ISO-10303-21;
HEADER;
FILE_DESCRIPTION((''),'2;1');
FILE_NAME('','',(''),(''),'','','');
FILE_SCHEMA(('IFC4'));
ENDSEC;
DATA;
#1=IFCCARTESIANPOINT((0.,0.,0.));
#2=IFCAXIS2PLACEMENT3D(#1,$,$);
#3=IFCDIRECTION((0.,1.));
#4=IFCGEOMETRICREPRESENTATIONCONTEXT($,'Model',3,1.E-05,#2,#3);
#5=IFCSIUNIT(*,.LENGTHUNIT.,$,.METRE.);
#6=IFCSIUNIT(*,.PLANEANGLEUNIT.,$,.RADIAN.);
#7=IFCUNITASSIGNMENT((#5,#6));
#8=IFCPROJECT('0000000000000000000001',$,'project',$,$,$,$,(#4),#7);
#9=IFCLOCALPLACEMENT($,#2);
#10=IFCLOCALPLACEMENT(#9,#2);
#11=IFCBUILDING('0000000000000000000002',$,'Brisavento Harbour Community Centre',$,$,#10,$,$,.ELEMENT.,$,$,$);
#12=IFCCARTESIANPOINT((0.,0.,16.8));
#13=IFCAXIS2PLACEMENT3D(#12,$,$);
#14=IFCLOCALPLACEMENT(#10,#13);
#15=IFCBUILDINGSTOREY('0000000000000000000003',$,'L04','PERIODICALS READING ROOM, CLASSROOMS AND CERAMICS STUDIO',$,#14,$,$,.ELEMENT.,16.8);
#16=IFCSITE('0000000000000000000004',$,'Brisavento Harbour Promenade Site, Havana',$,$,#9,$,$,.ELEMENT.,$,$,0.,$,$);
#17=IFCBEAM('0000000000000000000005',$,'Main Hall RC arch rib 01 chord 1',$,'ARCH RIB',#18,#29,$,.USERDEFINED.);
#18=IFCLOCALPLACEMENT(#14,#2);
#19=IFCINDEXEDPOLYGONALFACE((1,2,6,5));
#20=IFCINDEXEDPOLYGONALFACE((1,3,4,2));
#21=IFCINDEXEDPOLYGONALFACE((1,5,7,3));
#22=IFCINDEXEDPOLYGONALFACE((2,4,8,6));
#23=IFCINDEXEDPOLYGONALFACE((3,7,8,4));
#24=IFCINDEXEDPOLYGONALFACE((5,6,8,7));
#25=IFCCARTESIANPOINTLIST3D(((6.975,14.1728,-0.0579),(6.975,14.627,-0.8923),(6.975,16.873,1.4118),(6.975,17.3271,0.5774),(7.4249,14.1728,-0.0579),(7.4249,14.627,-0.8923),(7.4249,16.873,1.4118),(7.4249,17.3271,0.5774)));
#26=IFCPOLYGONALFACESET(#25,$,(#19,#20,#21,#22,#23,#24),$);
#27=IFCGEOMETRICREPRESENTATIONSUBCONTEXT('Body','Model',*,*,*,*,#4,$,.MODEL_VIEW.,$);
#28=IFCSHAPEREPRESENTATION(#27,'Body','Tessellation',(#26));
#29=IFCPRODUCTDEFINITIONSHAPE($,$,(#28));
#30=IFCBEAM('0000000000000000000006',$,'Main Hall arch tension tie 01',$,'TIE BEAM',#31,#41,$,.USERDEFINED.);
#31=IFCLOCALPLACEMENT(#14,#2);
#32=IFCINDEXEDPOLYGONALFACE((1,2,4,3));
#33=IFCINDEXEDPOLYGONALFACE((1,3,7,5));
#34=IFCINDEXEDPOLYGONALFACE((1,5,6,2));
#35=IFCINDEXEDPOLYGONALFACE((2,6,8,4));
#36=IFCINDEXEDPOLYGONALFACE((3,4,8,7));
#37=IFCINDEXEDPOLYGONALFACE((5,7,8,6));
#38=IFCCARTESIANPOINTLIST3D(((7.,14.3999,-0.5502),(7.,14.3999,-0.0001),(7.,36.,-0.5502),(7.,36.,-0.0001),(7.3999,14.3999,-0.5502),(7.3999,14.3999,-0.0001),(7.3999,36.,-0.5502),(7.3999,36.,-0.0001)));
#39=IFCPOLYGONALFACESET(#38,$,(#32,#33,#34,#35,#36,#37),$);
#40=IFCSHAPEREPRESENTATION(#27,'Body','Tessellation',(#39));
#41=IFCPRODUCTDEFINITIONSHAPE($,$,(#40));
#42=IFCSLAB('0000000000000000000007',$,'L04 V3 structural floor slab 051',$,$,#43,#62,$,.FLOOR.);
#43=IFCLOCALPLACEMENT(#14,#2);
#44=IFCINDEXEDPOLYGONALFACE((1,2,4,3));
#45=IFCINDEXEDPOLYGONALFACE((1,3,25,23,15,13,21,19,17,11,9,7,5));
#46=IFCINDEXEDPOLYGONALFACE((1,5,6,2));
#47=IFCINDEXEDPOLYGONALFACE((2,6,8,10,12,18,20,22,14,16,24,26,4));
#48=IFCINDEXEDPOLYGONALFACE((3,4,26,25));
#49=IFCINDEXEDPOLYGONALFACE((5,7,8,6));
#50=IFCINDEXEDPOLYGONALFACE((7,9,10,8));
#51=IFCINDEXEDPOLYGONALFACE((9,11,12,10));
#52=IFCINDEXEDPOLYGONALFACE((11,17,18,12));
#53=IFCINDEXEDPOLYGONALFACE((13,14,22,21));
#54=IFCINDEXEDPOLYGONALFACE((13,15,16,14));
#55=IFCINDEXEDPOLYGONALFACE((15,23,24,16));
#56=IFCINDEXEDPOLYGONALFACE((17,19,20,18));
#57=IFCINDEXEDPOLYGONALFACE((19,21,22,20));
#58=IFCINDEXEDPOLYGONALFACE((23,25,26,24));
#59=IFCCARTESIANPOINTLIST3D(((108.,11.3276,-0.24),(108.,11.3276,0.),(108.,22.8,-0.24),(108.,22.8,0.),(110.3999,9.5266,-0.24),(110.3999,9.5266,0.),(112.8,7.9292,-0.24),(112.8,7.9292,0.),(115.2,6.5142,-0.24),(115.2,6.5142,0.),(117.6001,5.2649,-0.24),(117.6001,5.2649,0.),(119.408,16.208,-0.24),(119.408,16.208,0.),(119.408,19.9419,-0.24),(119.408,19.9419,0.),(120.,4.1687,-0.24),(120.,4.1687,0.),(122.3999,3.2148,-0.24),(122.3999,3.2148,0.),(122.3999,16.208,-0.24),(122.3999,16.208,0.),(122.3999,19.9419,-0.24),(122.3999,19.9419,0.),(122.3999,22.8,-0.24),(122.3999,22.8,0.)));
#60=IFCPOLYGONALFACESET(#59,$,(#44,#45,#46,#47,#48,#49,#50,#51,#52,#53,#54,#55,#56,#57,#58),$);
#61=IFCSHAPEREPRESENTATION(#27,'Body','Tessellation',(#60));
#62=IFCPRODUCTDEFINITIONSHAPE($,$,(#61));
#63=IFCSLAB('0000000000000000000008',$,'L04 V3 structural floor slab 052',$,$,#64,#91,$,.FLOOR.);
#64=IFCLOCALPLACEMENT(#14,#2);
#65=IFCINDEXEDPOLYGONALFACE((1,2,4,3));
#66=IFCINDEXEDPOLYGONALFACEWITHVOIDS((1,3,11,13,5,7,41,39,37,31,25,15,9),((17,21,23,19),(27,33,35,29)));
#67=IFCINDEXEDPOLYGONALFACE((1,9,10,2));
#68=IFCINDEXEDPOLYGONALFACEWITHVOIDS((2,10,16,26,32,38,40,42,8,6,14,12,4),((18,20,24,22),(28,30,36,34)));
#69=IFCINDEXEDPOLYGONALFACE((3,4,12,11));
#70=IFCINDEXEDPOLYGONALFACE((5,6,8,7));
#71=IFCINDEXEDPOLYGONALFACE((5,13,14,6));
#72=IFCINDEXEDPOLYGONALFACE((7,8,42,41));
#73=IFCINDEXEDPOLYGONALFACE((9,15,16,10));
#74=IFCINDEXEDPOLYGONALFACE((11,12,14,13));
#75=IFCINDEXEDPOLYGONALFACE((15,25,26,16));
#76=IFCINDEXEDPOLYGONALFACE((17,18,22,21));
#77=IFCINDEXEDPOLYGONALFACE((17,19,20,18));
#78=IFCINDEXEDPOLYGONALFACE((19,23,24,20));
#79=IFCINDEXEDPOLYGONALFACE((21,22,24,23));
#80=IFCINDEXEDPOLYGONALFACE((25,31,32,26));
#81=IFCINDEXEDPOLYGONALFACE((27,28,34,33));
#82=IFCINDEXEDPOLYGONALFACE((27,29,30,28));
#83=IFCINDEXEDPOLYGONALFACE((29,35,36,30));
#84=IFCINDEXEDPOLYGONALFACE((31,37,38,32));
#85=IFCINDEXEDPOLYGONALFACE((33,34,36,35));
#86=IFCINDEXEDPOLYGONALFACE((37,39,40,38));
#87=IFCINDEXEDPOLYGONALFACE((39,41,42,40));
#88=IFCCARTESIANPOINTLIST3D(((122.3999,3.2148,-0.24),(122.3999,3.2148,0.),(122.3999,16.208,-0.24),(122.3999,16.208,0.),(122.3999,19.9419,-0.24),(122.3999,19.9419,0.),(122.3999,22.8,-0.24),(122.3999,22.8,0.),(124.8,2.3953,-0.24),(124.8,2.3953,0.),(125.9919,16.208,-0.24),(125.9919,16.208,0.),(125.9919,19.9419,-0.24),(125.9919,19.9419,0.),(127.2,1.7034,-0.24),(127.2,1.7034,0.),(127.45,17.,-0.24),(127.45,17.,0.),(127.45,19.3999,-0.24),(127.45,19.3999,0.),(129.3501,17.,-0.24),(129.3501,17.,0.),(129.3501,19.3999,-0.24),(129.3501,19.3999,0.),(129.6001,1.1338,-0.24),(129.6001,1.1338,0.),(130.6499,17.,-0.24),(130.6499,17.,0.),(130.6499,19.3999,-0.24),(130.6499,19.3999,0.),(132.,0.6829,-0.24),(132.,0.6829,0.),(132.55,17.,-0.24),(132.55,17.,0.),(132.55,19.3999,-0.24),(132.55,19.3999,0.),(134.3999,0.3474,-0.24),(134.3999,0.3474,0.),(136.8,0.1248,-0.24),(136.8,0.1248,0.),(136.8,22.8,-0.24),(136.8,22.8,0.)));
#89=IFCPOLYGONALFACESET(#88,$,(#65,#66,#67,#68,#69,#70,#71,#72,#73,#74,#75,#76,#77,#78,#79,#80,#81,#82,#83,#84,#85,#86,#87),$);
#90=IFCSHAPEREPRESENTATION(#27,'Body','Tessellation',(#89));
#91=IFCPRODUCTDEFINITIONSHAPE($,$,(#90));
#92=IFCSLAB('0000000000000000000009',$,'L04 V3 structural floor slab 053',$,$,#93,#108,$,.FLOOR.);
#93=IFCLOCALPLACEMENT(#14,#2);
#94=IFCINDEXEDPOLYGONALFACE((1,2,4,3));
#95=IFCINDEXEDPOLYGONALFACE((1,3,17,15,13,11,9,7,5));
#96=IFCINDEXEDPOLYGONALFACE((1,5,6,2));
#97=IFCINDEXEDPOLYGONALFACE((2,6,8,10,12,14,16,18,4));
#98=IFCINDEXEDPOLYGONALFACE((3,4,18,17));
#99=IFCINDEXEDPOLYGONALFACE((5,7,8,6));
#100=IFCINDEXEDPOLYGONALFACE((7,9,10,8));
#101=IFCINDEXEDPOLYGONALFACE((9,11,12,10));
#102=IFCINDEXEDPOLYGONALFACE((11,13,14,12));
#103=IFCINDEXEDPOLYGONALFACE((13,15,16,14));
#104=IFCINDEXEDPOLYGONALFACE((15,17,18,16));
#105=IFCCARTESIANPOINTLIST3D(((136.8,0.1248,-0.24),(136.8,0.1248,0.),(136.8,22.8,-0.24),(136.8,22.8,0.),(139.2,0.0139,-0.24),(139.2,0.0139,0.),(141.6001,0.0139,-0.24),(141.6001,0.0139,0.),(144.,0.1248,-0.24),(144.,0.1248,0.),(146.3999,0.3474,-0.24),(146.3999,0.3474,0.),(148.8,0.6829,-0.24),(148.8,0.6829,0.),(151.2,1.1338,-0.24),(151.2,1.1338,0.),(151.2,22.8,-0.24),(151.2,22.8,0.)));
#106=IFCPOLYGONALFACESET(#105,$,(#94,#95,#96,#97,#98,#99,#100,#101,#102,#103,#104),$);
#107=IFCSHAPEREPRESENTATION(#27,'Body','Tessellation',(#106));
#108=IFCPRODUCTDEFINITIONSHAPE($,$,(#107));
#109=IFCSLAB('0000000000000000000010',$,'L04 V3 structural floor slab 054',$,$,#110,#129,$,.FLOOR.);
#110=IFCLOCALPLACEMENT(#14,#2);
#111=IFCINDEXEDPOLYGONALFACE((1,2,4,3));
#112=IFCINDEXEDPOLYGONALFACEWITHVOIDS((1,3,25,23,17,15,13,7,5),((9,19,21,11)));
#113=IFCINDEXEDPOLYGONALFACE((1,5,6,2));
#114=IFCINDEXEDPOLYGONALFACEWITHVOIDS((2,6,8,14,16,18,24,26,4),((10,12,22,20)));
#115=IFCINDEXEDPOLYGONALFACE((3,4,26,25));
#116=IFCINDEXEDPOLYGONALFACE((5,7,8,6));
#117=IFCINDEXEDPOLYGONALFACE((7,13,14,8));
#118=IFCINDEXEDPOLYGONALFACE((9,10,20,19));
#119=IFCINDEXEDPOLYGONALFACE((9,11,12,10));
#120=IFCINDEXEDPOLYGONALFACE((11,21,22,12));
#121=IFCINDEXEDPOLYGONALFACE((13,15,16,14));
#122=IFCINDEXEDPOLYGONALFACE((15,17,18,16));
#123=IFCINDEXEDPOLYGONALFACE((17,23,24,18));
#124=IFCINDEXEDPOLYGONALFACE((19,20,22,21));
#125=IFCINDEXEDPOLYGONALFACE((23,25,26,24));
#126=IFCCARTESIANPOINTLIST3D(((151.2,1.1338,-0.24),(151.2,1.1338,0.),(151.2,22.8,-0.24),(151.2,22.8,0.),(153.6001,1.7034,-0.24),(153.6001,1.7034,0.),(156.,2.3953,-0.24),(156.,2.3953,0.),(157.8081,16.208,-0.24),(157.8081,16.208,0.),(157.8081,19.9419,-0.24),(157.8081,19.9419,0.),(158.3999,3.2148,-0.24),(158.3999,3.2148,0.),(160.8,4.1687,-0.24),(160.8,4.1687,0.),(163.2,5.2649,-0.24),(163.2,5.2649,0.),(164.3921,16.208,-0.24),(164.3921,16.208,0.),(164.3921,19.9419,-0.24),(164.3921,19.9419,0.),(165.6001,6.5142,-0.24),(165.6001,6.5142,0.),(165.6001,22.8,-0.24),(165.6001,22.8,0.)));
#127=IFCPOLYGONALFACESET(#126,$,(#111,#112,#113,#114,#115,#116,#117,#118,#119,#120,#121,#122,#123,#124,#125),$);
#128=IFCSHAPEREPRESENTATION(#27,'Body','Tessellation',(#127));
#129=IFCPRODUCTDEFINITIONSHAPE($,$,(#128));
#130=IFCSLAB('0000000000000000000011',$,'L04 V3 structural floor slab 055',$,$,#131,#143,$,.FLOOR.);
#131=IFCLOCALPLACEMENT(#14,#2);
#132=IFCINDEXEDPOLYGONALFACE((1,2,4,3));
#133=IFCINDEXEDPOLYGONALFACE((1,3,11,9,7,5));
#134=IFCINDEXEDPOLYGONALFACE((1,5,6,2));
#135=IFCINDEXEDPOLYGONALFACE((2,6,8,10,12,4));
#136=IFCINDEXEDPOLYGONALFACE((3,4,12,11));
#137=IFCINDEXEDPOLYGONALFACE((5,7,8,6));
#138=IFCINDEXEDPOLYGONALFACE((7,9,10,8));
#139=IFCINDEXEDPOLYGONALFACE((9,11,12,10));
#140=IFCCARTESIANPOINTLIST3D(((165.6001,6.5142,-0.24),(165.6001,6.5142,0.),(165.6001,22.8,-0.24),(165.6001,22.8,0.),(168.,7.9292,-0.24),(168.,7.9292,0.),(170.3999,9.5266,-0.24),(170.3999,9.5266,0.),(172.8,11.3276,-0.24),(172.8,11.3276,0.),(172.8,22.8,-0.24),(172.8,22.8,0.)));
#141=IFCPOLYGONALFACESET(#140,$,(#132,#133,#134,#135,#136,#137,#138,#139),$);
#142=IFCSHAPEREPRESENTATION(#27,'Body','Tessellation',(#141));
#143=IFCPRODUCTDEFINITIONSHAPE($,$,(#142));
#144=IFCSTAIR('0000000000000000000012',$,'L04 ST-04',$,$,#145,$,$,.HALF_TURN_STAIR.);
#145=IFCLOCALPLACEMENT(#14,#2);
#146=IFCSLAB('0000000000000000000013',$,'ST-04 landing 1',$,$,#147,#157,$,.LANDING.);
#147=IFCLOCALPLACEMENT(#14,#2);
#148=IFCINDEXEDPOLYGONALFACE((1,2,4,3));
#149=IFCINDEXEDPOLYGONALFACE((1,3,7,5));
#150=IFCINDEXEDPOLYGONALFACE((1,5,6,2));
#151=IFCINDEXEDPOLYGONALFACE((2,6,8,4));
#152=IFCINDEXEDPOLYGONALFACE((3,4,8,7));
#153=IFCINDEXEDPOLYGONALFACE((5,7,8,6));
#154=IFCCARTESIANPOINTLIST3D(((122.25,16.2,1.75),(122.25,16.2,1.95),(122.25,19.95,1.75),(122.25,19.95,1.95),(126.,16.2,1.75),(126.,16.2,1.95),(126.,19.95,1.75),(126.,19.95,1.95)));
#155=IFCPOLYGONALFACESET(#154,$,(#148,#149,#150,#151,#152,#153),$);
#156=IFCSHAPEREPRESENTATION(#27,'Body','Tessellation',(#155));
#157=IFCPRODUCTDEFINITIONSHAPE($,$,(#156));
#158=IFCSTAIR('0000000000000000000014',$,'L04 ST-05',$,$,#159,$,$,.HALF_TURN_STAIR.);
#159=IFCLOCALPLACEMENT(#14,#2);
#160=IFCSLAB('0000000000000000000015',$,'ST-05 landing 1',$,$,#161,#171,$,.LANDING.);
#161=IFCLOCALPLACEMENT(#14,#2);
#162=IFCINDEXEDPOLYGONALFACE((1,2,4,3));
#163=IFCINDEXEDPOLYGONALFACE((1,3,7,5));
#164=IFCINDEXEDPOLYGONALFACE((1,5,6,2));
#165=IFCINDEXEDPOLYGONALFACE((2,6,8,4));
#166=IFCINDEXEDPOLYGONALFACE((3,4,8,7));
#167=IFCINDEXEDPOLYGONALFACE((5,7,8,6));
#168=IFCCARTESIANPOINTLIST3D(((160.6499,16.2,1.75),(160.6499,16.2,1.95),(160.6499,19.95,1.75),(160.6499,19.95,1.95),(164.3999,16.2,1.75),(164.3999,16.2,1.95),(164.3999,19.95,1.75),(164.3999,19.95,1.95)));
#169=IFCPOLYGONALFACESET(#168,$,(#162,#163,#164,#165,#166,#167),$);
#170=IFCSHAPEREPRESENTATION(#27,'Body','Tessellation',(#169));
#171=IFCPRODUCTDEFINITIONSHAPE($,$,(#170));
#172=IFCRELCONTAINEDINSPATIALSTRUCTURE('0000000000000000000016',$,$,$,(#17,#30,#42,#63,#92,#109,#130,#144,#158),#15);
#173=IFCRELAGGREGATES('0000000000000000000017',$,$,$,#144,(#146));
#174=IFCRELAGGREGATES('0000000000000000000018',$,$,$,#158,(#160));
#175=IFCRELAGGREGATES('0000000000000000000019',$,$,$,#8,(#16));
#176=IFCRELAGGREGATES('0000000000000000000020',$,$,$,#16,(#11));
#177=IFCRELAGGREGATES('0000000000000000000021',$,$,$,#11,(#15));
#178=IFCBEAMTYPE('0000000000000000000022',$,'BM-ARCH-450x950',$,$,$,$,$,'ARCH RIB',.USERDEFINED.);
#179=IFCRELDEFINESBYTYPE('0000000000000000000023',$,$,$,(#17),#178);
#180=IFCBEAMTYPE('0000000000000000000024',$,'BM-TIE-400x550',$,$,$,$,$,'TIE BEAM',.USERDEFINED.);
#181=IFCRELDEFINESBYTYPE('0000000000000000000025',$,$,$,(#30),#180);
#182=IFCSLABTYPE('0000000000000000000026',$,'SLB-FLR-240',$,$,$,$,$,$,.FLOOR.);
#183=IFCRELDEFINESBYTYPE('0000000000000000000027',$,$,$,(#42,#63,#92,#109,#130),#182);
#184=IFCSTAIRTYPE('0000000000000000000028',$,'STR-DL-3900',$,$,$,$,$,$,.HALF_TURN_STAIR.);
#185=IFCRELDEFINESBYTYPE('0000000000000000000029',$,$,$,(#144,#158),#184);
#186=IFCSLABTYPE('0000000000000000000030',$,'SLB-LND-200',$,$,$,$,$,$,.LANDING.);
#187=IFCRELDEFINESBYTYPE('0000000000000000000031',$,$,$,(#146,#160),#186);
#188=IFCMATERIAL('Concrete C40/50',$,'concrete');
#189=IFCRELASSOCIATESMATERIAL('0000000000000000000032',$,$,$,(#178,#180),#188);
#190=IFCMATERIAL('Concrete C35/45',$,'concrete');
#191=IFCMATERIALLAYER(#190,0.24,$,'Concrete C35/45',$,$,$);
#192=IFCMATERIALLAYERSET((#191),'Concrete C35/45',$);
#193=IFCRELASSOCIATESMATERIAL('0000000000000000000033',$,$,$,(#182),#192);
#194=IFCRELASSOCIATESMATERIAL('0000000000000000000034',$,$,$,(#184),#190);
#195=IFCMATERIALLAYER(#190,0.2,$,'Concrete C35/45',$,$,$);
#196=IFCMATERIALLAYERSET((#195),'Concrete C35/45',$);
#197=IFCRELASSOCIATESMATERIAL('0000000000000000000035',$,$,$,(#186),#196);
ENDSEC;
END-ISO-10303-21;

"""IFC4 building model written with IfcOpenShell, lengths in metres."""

from ifc_helpers import new_model, si_unit, direction, frame, origin, origin_2d, place, context, subcontext, project, spatial, polyline, rectangle, outline, extrude, material, layer, layer_set, material_profile, profile_set, type_object, element, aggregate, save


model = new_model("IFC4")

# Units and contexts
model_context = context("Model", 3, precision=1e-05, world=origin(), true_north=direction((0.0, 1.0)))
body_context = subcontext(model_context, "Body", "Model", "MODEL_VIEW")
ifc_project = project(units=[si_unit("LENGTHUNIT", "METRE"), si_unit("PLANEANGLEUNIT", "RADIAN")], contexts=[model_context])

# Site, building, storey
site_placement = place(None, origin())
site = spatial("IfcSite", under=ifc_project, at=site_placement, Name="Brisavento Harbour Promenade Site, Havana", CompositionType="ELEMENT", RefElevation=0.0)
building_placement = place(site_placement, origin())
building = spatial("IfcBuilding", under=site, at=building_placement, Name="Brisavento Harbour Community Centre", CompositionType="ELEMENT")
storey_placement = place(building_placement, frame((0.0, 0.0, 16.8)))
storey = spatial("IfcBuildingStorey", under=building, at=storey_placement, Name="L04", Description="PERIODICALS READING ROOM, CLASSROOMS AND CERAMICS STUDIO", CompositionType="ELEMENT", Elevation=16.8)

# Beams
ifc_material_1 = material(Name="Concrete C40/50", Category="concrete")
ifc_material_profile_1 = material_profile(ifc_material_1, rectangle(XDim=0.45, YDim=0.95, at=origin_2d()), Name="Concrete C40/50")
ifc_profile_set_1 = profile_set([ifc_material_profile_1], Name="Concrete C40/50")
beam_type_1 = type_object("IfcBeamType", Name="BM-ARCH-450x950", ElementType="ARCH RIB", PredefinedType="USERDEFINED", material=ifc_profile_set_1)
beam_1_placement = place(storey_placement, frame((7.2, 14.3999, -0.4751), z_axis=(0.0, 0.87832, 0.478073), x_axis=(-1.0, 0.0, 0.0)))
element("IfcBeam", 1, at=beam_1_placement, inside=storey, type_object=beam_type_1, Name="Main Hall RC arch rib 01 chord 1", ObjectType="ARCH RIB", PredefinedType="USERDEFINED", context=body_context, shape_type="SweptSolid", body=[
    extrude(rectangle(XDim=0.45, YDim=0.95, at=origin_2d()), origin(), (0.0, 0.0, 1.0), 3.0742),
])
ifc_material_profile_2 = material_profile(ifc_material_1, rectangle(XDim=0.3999, YDim=0.55, at=origin_2d()), Name="Concrete C40/50")
ifc_profile_set_2 = profile_set([ifc_material_profile_2], Name="Concrete C40/50")
beam_type_2 = type_object("IfcBeamType", Name="BM-TIE-400x550", ElementType="TIE BEAM", PredefinedType="USERDEFINED", material=ifc_profile_set_2)
beam_2_placement = place(storey_placement, frame((7.2, 14.3999, -0.2751), z_axis=(0.0, 1.0, 0.0), x_axis=(-1.0, 0.0, 0.0)))
element("IfcBeam", 2, at=beam_2_placement, inside=storey, type_object=beam_type_2, Name="Main Hall arch tension tie 01", ObjectType="TIE BEAM", PredefinedType="USERDEFINED", context=body_context, shape_type="SweptSolid", body=[
    extrude(rectangle(XDim=0.3999, YDim=0.55, at=origin_2d()), origin(), (0.0, 0.0, 1.0), 21.6001),
])

# Slabs
ifc_material_2 = material(Name="Concrete C35/45", Category="concrete")
ifc_layer_1 = layer(ifc_material_2, 0.24, Name="Concrete C35/45")
ifc_layer_set_1 = layer_set([ifc_layer_1], Name="Concrete C35/45")
slab_type_1 = type_object("IfcSlabType", Name="SLB-FLR-240", PredefinedType="FLOOR", material=ifc_layer_set_1)
slab_1_placement = place(storey_placement, frame((0.0, 0.0, -0.24)))
element("IfcSlab", 3, at=slab_1_placement, inside=storey, type_object=slab_type_1, Name="L04 V3 structural floor slab 051", PredefinedType="FLOOR", context=body_context, shape_type="SweptSolid", body=[
    extrude(outline(polyline([(108.0, 22.8), (108.0, 11.3276), (110.3999, 9.5266), (112.8, 7.9292), (115.2, 6.5142), (117.6001, 5.2649), (120.0, 4.1687), (122.3999, 3.2148), (122.3999, 16.208), (119.408, 16.208), (119.408, 19.9419), (122.3999, 19.9419), (122.3999, 22.8), (108.0, 22.8)])), origin(), (0.0, 0.0, 1.0), 0.24),
])
slab_2_placement = place(storey_placement, frame((0.0, 0.0, -0.24)))
element("IfcSlab", 4, at=slab_2_placement, inside=storey, type_object=slab_type_1, Name="L04 V3 structural floor slab 052", PredefinedType="FLOOR", context=body_context, shape_type="SweptSolid", body=[
    extrude(outline(polyline([(122.3999, 22.8), (122.3999, 19.9419), (125.9919, 19.9419), (125.9919, 16.208), (122.3999, 16.208), (122.3999, 3.2148), (124.8, 2.3953), (127.2, 1.7034), (129.6001, 1.1338), (132.0, 0.6829), (134.3999, 0.3474), (136.8, 0.1248), (136.8, 22.8), (122.3999, 22.8)]), holes=[polyline([(127.45, 19.3999), (129.3501, 19.3999), (129.3501, 17.0), (127.45, 17.0), (127.45, 19.3999)]), polyline([(130.6499, 19.3999), (132.55, 19.3999), (132.55, 17.0), (130.6499, 17.0), (130.6499, 19.3999)])]), origin(), (0.0, 0.0, 1.0), 0.24),
])
slab_3_placement = place(storey_placement, frame((0.0, 0.0, -0.24)))
element("IfcSlab", 5, at=slab_3_placement, inside=storey, type_object=slab_type_1, Name="L04 V3 structural floor slab 053", PredefinedType="FLOOR", context=body_context, shape_type="SweptSolid", body=[
    extrude(outline(polyline([(136.8, 22.8), (136.8, 0.1248), (139.2, 0.0139), (141.6001, 0.0139), (144.0, 0.1248), (146.3999, 0.3474), (148.8, 0.6829), (151.2, 1.1338), (151.2, 22.8), (136.8, 22.8)])), origin(), (0.0, 0.0, 1.0), 0.24),
])
slab_4_placement = place(storey_placement, frame((0.0, 0.0, -0.24)))
element("IfcSlab", 6, at=slab_4_placement, inside=storey, type_object=slab_type_1, Name="L04 V3 structural floor slab 054", PredefinedType="FLOOR", context=body_context, shape_type="SweptSolid", body=[
    extrude(outline(polyline([(151.2, 22.8), (151.2, 1.1338), (153.6001, 1.7034), (156.0, 2.3953), (158.3999, 3.2148), (160.8, 4.1687), (163.2, 5.2649), (165.6001, 6.5142), (165.6001, 22.8), (151.2, 22.8)]), holes=[polyline([(157.8081, 19.9419), (164.3921, 19.9419), (164.3921, 16.208), (157.8081, 16.208), (157.8081, 19.9419)])]), origin(), (0.0, 0.0, 1.0), 0.24),
])
slab_5_placement = place(storey_placement, frame((0.0, 0.0, -0.24)))
element("IfcSlab", 7, at=slab_5_placement, inside=storey, type_object=slab_type_1, Name="L04 V3 structural floor slab 055", PredefinedType="FLOOR", context=body_context, shape_type="SweptSolid", body=[
    extrude(outline(polyline([(165.6001, 22.8), (165.6001, 6.5142), (168.0, 7.9292), (170.3999, 9.5266), (172.8, 11.3276), (172.8, 22.8), (165.6001, 22.8)])), origin(), (0.0, 0.0, 1.0), 0.24),
])

# Stairs, slabs
stair_type = type_object("IfcStairType", Name="STR-DL-3900", PredefinedType="HALF_TURN_STAIR", material=ifc_material_2)
stair_1_placement = place(storey_placement, origin())
stair_1 = element("IfcStair", 8, at=stair_1_placement, inside=storey, type_object=stair_type, Name="L04 ST-04", PredefinedType="HALF_TURN_STAIR")
ifc_layer_2 = layer(ifc_material_2, 0.2, Name="Concrete C35/45")
ifc_layer_set_2 = layer_set([ifc_layer_2], Name="Concrete C35/45")
slab_type_2 = type_object("IfcSlabType", Name="SLB-LND-200", PredefinedType="LANDING", material=ifc_layer_set_2)
slab_6_placement = place(storey_placement, frame((0.0, 0.0, 1.75)))
slab_6 = element("IfcSlab", 9, at=slab_6_placement, type_object=slab_type_2, Name="ST-04 landing 1", PredefinedType="LANDING", context=body_context, shape_type="SweptSolid", body=[
    extrude(outline(polyline([(122.25, 16.2), (126.0, 16.2), (126.0, 19.95), (122.25, 19.95), (122.25, 16.2)])), origin(), (0.0, 0.0, 1.0), 0.2),
])
aggregate(stair_1, [slab_6])
stair_2_placement = place(storey_placement, origin())
stair_2 = element("IfcStair", 10, at=stair_2_placement, inside=storey, type_object=stair_type, Name="L04 ST-05", PredefinedType="HALF_TURN_STAIR")
slab_7_placement = place(storey_placement, frame((0.0, 0.0, 1.75)))
slab_7 = element("IfcSlab", 11, at=slab_7_placement, type_object=slab_type_2, Name="ST-05 landing 1", PredefinedType="LANDING", context=body_context, shape_type="SweptSolid", body=[
    extrude(outline(polyline([(160.6499, 16.2), (164.3999, 16.2), (164.3999, 19.95), (160.6499, 19.95), (160.6499, 16.2)])), origin(), (0.0, 0.0, 1.0), 0.2),
])
aggregate(stair_2, [slab_7])

save(model, "model.ifc")
